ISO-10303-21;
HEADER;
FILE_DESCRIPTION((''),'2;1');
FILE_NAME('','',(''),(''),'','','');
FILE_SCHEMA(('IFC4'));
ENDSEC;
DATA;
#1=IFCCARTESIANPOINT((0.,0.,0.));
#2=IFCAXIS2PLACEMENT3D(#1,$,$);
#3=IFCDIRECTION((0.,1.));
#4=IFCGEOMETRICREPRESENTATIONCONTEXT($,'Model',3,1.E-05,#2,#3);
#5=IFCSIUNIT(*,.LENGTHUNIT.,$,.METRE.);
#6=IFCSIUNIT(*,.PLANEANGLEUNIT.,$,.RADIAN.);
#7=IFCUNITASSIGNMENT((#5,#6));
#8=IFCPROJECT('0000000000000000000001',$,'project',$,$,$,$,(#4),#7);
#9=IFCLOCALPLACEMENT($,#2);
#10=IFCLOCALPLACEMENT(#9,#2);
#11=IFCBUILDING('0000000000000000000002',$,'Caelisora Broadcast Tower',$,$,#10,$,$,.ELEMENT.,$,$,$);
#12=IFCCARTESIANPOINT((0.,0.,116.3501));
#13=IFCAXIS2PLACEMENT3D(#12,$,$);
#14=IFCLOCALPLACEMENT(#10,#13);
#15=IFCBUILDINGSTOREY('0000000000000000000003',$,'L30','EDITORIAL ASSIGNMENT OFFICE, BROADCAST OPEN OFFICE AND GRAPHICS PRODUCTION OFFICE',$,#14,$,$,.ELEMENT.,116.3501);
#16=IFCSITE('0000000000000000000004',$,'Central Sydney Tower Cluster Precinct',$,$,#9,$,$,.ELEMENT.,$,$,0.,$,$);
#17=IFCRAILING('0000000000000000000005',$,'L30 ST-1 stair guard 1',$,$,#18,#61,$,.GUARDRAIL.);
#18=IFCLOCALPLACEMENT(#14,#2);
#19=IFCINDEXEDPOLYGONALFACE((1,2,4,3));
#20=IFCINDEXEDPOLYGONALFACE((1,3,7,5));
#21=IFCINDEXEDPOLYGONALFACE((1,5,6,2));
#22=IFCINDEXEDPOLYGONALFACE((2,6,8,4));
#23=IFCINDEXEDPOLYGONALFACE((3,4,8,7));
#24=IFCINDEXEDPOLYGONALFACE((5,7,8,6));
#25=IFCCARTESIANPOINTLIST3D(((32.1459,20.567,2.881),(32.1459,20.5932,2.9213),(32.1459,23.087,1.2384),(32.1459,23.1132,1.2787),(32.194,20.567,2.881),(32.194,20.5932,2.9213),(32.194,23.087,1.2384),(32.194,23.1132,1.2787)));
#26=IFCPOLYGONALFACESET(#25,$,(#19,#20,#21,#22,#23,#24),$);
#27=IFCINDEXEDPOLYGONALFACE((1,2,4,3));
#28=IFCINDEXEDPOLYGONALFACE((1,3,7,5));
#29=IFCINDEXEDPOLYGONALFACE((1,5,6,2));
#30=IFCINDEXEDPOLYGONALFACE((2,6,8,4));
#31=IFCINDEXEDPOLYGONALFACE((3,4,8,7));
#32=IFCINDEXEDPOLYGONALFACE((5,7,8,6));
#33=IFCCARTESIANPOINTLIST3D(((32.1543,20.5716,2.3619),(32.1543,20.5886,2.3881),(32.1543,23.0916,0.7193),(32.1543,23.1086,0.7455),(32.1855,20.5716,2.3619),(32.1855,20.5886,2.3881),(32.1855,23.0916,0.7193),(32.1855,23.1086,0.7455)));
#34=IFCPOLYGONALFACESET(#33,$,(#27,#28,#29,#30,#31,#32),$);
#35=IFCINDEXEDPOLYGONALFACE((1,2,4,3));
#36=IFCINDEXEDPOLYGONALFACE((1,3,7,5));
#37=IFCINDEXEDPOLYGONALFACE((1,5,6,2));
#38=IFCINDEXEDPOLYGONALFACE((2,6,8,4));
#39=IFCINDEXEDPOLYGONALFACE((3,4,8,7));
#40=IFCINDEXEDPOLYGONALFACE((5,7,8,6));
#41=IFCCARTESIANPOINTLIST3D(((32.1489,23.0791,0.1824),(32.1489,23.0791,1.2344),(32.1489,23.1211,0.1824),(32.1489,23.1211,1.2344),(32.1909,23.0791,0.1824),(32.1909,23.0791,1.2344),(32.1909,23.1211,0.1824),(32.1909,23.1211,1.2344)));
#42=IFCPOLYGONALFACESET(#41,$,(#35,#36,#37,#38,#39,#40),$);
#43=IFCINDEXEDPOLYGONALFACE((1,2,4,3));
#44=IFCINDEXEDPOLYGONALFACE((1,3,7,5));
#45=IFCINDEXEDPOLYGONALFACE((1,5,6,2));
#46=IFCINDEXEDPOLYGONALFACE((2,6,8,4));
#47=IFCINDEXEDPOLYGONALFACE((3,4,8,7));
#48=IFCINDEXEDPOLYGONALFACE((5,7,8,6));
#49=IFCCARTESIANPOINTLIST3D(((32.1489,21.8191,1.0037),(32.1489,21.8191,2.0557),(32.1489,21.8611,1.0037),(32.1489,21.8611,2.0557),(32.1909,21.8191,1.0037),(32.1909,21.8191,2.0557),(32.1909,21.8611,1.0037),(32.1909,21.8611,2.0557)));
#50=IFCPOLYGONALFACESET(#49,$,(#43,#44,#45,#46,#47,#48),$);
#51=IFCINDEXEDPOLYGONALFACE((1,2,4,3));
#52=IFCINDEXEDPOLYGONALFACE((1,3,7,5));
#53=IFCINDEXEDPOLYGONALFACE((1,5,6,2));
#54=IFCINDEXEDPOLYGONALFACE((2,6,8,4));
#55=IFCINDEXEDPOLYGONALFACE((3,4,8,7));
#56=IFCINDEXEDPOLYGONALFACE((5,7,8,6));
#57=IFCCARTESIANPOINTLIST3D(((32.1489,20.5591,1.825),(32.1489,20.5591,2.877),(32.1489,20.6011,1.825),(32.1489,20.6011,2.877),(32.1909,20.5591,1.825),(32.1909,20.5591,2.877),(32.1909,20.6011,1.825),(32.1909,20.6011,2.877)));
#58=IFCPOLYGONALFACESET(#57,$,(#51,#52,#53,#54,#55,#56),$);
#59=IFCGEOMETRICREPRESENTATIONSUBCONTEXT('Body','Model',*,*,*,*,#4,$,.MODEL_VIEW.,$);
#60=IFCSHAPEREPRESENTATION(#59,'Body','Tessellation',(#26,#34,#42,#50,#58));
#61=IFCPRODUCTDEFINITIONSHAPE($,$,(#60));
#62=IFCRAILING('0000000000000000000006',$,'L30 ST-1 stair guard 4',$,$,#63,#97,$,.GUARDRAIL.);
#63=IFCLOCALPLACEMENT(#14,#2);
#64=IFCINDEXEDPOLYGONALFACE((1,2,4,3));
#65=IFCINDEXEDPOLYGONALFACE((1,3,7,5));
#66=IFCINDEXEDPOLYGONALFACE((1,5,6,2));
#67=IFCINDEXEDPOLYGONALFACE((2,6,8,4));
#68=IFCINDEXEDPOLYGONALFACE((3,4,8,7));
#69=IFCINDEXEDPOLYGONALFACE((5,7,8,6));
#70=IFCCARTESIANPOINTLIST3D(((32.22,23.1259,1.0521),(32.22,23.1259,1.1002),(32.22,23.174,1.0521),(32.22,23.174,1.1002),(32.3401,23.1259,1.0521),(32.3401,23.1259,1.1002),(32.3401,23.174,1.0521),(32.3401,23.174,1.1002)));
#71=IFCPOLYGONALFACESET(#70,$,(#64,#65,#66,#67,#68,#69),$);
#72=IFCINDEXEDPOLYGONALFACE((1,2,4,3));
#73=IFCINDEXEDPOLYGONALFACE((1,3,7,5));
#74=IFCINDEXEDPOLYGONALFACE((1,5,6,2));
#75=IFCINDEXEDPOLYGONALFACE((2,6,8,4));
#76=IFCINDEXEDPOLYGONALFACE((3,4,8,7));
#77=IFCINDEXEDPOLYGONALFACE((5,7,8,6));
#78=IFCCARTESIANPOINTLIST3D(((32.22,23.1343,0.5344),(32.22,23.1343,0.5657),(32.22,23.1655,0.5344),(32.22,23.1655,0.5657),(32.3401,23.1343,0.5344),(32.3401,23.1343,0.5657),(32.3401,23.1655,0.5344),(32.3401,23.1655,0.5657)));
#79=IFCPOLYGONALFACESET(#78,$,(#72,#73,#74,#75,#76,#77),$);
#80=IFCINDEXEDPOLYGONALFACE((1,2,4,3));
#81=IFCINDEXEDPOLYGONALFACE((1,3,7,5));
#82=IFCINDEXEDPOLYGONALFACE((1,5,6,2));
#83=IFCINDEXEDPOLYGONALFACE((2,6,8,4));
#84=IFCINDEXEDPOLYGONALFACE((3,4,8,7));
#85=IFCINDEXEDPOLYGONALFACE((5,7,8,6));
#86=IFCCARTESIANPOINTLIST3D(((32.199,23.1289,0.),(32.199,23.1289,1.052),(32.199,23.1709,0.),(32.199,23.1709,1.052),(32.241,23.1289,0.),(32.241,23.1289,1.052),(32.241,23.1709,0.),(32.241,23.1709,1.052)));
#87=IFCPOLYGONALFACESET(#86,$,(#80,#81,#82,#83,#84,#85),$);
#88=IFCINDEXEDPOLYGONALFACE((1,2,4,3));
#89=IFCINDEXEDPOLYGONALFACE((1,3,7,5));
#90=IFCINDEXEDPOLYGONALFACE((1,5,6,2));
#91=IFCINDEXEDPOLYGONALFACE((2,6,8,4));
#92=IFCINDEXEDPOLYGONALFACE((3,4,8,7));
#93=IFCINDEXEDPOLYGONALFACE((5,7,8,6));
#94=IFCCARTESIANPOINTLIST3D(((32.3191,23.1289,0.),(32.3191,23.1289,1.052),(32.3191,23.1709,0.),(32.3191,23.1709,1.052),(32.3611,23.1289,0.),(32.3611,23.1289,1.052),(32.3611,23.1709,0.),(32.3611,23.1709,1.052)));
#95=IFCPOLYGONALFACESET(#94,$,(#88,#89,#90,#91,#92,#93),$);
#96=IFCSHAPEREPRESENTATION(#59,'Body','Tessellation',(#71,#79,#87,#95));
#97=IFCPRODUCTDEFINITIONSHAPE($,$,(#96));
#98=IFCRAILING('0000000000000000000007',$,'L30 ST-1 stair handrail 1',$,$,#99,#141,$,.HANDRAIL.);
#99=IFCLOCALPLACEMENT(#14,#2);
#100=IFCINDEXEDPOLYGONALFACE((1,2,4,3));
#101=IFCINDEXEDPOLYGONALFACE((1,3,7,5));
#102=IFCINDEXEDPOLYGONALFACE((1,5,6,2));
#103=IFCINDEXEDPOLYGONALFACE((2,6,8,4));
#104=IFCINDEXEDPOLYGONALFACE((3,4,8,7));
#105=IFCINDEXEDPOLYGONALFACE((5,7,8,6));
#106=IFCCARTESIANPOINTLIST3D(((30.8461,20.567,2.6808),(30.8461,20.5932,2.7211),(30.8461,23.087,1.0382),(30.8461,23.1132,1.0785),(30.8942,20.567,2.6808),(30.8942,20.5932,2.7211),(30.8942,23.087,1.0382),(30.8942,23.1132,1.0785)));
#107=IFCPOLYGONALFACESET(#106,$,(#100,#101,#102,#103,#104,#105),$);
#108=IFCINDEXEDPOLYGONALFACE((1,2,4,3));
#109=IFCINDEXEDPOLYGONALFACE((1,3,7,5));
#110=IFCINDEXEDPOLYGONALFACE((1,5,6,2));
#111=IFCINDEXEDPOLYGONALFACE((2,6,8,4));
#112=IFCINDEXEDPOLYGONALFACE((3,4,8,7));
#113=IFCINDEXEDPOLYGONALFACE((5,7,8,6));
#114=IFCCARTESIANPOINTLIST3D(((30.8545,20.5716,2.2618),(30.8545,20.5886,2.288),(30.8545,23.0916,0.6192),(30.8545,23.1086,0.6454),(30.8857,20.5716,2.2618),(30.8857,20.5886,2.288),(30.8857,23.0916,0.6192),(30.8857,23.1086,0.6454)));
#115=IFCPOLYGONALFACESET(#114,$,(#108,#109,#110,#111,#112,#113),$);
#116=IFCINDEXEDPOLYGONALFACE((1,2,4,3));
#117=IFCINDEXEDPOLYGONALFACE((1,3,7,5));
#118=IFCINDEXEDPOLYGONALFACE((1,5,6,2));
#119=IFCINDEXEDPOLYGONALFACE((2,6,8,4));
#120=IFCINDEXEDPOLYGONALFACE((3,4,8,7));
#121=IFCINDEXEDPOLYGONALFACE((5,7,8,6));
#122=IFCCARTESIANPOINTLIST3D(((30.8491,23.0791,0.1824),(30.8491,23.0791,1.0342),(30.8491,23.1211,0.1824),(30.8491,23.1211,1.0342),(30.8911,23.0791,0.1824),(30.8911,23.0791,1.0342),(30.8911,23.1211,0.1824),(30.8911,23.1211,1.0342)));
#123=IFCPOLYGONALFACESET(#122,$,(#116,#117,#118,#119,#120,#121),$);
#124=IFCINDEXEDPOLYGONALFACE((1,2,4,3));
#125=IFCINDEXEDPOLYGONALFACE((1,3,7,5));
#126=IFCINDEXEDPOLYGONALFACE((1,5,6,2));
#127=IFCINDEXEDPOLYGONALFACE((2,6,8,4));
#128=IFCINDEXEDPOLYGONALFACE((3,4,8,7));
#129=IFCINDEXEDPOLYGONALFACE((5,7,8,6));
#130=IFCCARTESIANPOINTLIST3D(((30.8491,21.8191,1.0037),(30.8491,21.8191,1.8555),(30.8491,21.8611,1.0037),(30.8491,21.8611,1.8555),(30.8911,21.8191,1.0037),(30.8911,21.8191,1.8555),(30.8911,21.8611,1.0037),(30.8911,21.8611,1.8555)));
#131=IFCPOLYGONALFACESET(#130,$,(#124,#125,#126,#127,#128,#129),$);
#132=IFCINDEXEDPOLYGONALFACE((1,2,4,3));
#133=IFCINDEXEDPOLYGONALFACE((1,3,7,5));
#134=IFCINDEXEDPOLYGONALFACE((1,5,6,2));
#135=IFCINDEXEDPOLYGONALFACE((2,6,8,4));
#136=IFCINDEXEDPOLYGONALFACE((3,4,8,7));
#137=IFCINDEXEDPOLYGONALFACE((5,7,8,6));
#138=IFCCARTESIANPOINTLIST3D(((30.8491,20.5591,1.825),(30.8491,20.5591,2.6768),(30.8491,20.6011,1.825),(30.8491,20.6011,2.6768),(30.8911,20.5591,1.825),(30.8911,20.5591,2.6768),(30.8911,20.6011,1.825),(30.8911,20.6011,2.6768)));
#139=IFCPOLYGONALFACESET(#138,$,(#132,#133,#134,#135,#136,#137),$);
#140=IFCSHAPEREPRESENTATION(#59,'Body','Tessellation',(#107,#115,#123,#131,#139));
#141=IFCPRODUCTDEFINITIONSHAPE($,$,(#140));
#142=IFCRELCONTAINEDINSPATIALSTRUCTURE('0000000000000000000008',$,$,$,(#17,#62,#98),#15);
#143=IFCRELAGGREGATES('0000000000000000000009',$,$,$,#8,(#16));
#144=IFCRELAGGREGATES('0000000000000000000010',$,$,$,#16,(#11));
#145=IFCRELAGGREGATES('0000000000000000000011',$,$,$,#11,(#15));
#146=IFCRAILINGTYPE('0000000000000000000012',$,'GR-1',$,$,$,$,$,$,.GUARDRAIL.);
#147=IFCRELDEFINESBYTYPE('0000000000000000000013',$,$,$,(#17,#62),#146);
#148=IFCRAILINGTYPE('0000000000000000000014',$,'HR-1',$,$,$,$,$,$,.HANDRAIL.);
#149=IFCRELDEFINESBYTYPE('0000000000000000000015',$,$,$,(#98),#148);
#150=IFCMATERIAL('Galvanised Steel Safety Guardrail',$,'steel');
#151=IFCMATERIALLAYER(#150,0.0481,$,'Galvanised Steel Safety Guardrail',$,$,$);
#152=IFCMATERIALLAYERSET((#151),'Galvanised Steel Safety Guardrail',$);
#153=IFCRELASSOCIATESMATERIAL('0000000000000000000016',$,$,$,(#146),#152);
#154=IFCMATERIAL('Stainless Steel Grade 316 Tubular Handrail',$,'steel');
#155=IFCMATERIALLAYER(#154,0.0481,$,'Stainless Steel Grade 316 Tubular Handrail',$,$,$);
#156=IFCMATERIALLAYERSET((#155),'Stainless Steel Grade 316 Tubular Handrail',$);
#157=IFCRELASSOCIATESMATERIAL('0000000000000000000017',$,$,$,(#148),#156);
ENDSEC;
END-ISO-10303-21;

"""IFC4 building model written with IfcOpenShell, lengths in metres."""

from ifc_helpers import new_model, si_unit, direction, frame, origin, origin_2d, place, context, subcontext, project, spatial, rectangle, extrude, material, layer, layer_set, type_object, element, save


model = new_model("IFC4")

# Units and contexts
model_context = context("Model", 3, precision=1e-05, world=origin(), true_north=direction((0.0, 1.0)))
body_context = subcontext(model_context, "Body", "Model", "MODEL_VIEW")
ifc_project = project(units=[si_unit("LENGTHUNIT", "METRE"), si_unit("PLANEANGLEUNIT", "RADIAN")], contexts=[model_context])

# Site, building, storey
site_placement = place(None, origin())
site = spatial("IfcSite", under=ifc_project, at=site_placement, Name="Central Sydney Tower Cluster Precinct", CompositionType="ELEMENT", RefElevation=0.0)
building_placement = place(site_placement, origin())
building = spatial("IfcBuilding", under=site, at=building_placement, Name="Caelisora Broadcast Tower", CompositionType="ELEMENT")
storey_placement = place(building_placement, frame((0.0, 0.0, 116.3501)))
storey = spatial("IfcBuildingStorey", under=building, at=storey_placement, Name="L30", Description="EDITORIAL ASSIGNMENT OFFICE, BROADCAST OPEN OFFICE AND GRAPHICS PRODUCTION OFFICE", CompositionType="ELEMENT", Elevation=116.3501)

# Railings
ifc_material_1 = material(Name="Galvanised Steel Safety Guardrail", Category="steel")
ifc_layer_1 = layer(ifc_material_1, 0.0481, Name="Galvanised Steel Safety Guardrail")
ifc_layer_set_1 = layer_set([ifc_layer_1], Name="Galvanised Steel Safety Guardrail")
railing_type_1 = type_object("IfcRailingType", Name="GR-1", PredefinedType="GUARDRAIL", material=ifc_layer_set_1)
railing_1_placement = place(storey_placement, frame((32.1699, 23.1001, 0.1824)))
element("IfcRailing", 1, at=railing_1_placement, inside=storey, type_object=railing_type_1, Name="L30 ST-1 stair guard 1", PredefinedType="GUARDRAIL", context=body_context, shape_type="SweptSolid", body=[
    extrude(rectangle(XDim=0.0481, YDim=0.0481, at=origin_2d()), frame((0.0, 0.0, 1.0762), z_axis=(0.0, -0.837749, 0.546055), x_axis=(1.0, 0.0, 0.0)), (0.0, 0.0, 1.0), 3.0081),
    extrude(rectangle(XDim=0.0312, YDim=0.0312, at=origin_2d()), frame((0.0, 0.0, 0.55), z_axis=(0.0, -0.837749, 0.546055), x_axis=(1.0, 0.0, 0.0)), (0.0, 0.0, 1.0), 3.0081),
    extrude(rectangle(XDim=0.042, YDim=0.042, at=origin_2d()), origin(), (0.0, 0.0, 1.0), 1.052),
    extrude(rectangle(XDim=0.042, YDim=0.042, at=origin_2d()), frame((0.0, -1.26, 0.8213)), (0.0, 0.0, 1.0), 1.052),
    extrude(rectangle(XDim=0.042, YDim=0.042, at=origin_2d()), frame((0.0, -2.52, 1.6426)), (0.0, 0.0, 1.0), 1.052),
])
railing_2_placement = place(storey_placement, frame((32.22, 23.1499, 0.0)))
element("IfcRailing", 2, at=railing_2_placement, inside=storey, type_object=railing_type_1, Name="L30 ST-1 stair guard 4", PredefinedType="GUARDRAIL", context=body_context, shape_type="SweptSolid", body=[
    extrude(rectangle(XDim=0.0481, YDim=0.0481, at=origin_2d()), frame((0.0, 0.0, 1.0762), z_axis=(1.0, 0.0, 0.0), x_axis=(0.0, 1.0, 0.0)), (0.0, 0.0, 1.0), 0.1201),
    extrude(rectangle(XDim=0.0312, YDim=0.0312, at=origin_2d()), frame((0.0, 0.0, 0.55), z_axis=(1.0, 0.0, 0.0), x_axis=(0.0, 1.0, 0.0)), (0.0, 0.0, 1.0), 0.1201),
    extrude(rectangle(XDim=0.042, YDim=0.042, at=origin_2d()), origin(), (0.0, 0.0, 1.0), 1.052),
    extrude(rectangle(XDim=0.042, YDim=0.042, at=origin_2d()), frame((0.1201, 0.0, 0.0)), (0.0, 0.0, 1.0), 1.052),
])
ifc_material_2 = material(Name="Stainless Steel Grade 316 Tubular Handrail", Category="steel")
ifc_layer_2 = layer(ifc_material_2, 0.0481, Name="Stainless Steel Grade 316 Tubular Handrail")
ifc_layer_set_2 = layer_set([ifc_layer_2], Name="Stainless Steel Grade 316 Tubular Handrail")
railing_type_2 = type_object("IfcRailingType", Name="HR-1", PredefinedType="HANDRAIL", material=ifc_layer_set_2)
railing_3_placement = place(storey_placement, frame((30.8701, 23.1001, 0.1824)))
element("IfcRailing", 3, at=railing_3_placement, inside=storey, type_object=railing_type_2, Name="L30 ST-1 stair handrail 1", PredefinedType="HANDRAIL", context=body_context, shape_type="SweptSolid", body=[
    extrude(rectangle(XDim=0.0481, YDim=0.0481, at=origin_2d()), frame((0.0, 0.0, 0.876), z_axis=(0.0, -0.837749, 0.546055), x_axis=(1.0, 0.0, 0.0)), (0.0, 0.0, 1.0), 3.0081),
    extrude(rectangle(XDim=0.0312, YDim=0.0312, at=origin_2d()), frame((0.0, 0.0, 0.45), z_axis=(0.0, -0.837749, 0.546055), x_axis=(1.0, 0.0, 0.0)), (0.0, 0.0, 1.0), 3.0081),
    extrude(rectangle(XDim=0.042, YDim=0.042, at=origin_2d()), origin(), (0.0, 0.0, 1.0), 0.8518),
    extrude(rectangle(XDim=0.042, YDim=0.042, at=origin_2d()), frame((0.0, -1.26, 0.8213)), (0.0, 0.0, 1.0), 0.8518),
    extrude(rectangle(XDim=0.042, YDim=0.042, at=origin_2d()), frame((0.0, -2.52, 1.6426)), (0.0, 0.0, 1.0), 0.8518),
])

save(model, "model.ifc")
